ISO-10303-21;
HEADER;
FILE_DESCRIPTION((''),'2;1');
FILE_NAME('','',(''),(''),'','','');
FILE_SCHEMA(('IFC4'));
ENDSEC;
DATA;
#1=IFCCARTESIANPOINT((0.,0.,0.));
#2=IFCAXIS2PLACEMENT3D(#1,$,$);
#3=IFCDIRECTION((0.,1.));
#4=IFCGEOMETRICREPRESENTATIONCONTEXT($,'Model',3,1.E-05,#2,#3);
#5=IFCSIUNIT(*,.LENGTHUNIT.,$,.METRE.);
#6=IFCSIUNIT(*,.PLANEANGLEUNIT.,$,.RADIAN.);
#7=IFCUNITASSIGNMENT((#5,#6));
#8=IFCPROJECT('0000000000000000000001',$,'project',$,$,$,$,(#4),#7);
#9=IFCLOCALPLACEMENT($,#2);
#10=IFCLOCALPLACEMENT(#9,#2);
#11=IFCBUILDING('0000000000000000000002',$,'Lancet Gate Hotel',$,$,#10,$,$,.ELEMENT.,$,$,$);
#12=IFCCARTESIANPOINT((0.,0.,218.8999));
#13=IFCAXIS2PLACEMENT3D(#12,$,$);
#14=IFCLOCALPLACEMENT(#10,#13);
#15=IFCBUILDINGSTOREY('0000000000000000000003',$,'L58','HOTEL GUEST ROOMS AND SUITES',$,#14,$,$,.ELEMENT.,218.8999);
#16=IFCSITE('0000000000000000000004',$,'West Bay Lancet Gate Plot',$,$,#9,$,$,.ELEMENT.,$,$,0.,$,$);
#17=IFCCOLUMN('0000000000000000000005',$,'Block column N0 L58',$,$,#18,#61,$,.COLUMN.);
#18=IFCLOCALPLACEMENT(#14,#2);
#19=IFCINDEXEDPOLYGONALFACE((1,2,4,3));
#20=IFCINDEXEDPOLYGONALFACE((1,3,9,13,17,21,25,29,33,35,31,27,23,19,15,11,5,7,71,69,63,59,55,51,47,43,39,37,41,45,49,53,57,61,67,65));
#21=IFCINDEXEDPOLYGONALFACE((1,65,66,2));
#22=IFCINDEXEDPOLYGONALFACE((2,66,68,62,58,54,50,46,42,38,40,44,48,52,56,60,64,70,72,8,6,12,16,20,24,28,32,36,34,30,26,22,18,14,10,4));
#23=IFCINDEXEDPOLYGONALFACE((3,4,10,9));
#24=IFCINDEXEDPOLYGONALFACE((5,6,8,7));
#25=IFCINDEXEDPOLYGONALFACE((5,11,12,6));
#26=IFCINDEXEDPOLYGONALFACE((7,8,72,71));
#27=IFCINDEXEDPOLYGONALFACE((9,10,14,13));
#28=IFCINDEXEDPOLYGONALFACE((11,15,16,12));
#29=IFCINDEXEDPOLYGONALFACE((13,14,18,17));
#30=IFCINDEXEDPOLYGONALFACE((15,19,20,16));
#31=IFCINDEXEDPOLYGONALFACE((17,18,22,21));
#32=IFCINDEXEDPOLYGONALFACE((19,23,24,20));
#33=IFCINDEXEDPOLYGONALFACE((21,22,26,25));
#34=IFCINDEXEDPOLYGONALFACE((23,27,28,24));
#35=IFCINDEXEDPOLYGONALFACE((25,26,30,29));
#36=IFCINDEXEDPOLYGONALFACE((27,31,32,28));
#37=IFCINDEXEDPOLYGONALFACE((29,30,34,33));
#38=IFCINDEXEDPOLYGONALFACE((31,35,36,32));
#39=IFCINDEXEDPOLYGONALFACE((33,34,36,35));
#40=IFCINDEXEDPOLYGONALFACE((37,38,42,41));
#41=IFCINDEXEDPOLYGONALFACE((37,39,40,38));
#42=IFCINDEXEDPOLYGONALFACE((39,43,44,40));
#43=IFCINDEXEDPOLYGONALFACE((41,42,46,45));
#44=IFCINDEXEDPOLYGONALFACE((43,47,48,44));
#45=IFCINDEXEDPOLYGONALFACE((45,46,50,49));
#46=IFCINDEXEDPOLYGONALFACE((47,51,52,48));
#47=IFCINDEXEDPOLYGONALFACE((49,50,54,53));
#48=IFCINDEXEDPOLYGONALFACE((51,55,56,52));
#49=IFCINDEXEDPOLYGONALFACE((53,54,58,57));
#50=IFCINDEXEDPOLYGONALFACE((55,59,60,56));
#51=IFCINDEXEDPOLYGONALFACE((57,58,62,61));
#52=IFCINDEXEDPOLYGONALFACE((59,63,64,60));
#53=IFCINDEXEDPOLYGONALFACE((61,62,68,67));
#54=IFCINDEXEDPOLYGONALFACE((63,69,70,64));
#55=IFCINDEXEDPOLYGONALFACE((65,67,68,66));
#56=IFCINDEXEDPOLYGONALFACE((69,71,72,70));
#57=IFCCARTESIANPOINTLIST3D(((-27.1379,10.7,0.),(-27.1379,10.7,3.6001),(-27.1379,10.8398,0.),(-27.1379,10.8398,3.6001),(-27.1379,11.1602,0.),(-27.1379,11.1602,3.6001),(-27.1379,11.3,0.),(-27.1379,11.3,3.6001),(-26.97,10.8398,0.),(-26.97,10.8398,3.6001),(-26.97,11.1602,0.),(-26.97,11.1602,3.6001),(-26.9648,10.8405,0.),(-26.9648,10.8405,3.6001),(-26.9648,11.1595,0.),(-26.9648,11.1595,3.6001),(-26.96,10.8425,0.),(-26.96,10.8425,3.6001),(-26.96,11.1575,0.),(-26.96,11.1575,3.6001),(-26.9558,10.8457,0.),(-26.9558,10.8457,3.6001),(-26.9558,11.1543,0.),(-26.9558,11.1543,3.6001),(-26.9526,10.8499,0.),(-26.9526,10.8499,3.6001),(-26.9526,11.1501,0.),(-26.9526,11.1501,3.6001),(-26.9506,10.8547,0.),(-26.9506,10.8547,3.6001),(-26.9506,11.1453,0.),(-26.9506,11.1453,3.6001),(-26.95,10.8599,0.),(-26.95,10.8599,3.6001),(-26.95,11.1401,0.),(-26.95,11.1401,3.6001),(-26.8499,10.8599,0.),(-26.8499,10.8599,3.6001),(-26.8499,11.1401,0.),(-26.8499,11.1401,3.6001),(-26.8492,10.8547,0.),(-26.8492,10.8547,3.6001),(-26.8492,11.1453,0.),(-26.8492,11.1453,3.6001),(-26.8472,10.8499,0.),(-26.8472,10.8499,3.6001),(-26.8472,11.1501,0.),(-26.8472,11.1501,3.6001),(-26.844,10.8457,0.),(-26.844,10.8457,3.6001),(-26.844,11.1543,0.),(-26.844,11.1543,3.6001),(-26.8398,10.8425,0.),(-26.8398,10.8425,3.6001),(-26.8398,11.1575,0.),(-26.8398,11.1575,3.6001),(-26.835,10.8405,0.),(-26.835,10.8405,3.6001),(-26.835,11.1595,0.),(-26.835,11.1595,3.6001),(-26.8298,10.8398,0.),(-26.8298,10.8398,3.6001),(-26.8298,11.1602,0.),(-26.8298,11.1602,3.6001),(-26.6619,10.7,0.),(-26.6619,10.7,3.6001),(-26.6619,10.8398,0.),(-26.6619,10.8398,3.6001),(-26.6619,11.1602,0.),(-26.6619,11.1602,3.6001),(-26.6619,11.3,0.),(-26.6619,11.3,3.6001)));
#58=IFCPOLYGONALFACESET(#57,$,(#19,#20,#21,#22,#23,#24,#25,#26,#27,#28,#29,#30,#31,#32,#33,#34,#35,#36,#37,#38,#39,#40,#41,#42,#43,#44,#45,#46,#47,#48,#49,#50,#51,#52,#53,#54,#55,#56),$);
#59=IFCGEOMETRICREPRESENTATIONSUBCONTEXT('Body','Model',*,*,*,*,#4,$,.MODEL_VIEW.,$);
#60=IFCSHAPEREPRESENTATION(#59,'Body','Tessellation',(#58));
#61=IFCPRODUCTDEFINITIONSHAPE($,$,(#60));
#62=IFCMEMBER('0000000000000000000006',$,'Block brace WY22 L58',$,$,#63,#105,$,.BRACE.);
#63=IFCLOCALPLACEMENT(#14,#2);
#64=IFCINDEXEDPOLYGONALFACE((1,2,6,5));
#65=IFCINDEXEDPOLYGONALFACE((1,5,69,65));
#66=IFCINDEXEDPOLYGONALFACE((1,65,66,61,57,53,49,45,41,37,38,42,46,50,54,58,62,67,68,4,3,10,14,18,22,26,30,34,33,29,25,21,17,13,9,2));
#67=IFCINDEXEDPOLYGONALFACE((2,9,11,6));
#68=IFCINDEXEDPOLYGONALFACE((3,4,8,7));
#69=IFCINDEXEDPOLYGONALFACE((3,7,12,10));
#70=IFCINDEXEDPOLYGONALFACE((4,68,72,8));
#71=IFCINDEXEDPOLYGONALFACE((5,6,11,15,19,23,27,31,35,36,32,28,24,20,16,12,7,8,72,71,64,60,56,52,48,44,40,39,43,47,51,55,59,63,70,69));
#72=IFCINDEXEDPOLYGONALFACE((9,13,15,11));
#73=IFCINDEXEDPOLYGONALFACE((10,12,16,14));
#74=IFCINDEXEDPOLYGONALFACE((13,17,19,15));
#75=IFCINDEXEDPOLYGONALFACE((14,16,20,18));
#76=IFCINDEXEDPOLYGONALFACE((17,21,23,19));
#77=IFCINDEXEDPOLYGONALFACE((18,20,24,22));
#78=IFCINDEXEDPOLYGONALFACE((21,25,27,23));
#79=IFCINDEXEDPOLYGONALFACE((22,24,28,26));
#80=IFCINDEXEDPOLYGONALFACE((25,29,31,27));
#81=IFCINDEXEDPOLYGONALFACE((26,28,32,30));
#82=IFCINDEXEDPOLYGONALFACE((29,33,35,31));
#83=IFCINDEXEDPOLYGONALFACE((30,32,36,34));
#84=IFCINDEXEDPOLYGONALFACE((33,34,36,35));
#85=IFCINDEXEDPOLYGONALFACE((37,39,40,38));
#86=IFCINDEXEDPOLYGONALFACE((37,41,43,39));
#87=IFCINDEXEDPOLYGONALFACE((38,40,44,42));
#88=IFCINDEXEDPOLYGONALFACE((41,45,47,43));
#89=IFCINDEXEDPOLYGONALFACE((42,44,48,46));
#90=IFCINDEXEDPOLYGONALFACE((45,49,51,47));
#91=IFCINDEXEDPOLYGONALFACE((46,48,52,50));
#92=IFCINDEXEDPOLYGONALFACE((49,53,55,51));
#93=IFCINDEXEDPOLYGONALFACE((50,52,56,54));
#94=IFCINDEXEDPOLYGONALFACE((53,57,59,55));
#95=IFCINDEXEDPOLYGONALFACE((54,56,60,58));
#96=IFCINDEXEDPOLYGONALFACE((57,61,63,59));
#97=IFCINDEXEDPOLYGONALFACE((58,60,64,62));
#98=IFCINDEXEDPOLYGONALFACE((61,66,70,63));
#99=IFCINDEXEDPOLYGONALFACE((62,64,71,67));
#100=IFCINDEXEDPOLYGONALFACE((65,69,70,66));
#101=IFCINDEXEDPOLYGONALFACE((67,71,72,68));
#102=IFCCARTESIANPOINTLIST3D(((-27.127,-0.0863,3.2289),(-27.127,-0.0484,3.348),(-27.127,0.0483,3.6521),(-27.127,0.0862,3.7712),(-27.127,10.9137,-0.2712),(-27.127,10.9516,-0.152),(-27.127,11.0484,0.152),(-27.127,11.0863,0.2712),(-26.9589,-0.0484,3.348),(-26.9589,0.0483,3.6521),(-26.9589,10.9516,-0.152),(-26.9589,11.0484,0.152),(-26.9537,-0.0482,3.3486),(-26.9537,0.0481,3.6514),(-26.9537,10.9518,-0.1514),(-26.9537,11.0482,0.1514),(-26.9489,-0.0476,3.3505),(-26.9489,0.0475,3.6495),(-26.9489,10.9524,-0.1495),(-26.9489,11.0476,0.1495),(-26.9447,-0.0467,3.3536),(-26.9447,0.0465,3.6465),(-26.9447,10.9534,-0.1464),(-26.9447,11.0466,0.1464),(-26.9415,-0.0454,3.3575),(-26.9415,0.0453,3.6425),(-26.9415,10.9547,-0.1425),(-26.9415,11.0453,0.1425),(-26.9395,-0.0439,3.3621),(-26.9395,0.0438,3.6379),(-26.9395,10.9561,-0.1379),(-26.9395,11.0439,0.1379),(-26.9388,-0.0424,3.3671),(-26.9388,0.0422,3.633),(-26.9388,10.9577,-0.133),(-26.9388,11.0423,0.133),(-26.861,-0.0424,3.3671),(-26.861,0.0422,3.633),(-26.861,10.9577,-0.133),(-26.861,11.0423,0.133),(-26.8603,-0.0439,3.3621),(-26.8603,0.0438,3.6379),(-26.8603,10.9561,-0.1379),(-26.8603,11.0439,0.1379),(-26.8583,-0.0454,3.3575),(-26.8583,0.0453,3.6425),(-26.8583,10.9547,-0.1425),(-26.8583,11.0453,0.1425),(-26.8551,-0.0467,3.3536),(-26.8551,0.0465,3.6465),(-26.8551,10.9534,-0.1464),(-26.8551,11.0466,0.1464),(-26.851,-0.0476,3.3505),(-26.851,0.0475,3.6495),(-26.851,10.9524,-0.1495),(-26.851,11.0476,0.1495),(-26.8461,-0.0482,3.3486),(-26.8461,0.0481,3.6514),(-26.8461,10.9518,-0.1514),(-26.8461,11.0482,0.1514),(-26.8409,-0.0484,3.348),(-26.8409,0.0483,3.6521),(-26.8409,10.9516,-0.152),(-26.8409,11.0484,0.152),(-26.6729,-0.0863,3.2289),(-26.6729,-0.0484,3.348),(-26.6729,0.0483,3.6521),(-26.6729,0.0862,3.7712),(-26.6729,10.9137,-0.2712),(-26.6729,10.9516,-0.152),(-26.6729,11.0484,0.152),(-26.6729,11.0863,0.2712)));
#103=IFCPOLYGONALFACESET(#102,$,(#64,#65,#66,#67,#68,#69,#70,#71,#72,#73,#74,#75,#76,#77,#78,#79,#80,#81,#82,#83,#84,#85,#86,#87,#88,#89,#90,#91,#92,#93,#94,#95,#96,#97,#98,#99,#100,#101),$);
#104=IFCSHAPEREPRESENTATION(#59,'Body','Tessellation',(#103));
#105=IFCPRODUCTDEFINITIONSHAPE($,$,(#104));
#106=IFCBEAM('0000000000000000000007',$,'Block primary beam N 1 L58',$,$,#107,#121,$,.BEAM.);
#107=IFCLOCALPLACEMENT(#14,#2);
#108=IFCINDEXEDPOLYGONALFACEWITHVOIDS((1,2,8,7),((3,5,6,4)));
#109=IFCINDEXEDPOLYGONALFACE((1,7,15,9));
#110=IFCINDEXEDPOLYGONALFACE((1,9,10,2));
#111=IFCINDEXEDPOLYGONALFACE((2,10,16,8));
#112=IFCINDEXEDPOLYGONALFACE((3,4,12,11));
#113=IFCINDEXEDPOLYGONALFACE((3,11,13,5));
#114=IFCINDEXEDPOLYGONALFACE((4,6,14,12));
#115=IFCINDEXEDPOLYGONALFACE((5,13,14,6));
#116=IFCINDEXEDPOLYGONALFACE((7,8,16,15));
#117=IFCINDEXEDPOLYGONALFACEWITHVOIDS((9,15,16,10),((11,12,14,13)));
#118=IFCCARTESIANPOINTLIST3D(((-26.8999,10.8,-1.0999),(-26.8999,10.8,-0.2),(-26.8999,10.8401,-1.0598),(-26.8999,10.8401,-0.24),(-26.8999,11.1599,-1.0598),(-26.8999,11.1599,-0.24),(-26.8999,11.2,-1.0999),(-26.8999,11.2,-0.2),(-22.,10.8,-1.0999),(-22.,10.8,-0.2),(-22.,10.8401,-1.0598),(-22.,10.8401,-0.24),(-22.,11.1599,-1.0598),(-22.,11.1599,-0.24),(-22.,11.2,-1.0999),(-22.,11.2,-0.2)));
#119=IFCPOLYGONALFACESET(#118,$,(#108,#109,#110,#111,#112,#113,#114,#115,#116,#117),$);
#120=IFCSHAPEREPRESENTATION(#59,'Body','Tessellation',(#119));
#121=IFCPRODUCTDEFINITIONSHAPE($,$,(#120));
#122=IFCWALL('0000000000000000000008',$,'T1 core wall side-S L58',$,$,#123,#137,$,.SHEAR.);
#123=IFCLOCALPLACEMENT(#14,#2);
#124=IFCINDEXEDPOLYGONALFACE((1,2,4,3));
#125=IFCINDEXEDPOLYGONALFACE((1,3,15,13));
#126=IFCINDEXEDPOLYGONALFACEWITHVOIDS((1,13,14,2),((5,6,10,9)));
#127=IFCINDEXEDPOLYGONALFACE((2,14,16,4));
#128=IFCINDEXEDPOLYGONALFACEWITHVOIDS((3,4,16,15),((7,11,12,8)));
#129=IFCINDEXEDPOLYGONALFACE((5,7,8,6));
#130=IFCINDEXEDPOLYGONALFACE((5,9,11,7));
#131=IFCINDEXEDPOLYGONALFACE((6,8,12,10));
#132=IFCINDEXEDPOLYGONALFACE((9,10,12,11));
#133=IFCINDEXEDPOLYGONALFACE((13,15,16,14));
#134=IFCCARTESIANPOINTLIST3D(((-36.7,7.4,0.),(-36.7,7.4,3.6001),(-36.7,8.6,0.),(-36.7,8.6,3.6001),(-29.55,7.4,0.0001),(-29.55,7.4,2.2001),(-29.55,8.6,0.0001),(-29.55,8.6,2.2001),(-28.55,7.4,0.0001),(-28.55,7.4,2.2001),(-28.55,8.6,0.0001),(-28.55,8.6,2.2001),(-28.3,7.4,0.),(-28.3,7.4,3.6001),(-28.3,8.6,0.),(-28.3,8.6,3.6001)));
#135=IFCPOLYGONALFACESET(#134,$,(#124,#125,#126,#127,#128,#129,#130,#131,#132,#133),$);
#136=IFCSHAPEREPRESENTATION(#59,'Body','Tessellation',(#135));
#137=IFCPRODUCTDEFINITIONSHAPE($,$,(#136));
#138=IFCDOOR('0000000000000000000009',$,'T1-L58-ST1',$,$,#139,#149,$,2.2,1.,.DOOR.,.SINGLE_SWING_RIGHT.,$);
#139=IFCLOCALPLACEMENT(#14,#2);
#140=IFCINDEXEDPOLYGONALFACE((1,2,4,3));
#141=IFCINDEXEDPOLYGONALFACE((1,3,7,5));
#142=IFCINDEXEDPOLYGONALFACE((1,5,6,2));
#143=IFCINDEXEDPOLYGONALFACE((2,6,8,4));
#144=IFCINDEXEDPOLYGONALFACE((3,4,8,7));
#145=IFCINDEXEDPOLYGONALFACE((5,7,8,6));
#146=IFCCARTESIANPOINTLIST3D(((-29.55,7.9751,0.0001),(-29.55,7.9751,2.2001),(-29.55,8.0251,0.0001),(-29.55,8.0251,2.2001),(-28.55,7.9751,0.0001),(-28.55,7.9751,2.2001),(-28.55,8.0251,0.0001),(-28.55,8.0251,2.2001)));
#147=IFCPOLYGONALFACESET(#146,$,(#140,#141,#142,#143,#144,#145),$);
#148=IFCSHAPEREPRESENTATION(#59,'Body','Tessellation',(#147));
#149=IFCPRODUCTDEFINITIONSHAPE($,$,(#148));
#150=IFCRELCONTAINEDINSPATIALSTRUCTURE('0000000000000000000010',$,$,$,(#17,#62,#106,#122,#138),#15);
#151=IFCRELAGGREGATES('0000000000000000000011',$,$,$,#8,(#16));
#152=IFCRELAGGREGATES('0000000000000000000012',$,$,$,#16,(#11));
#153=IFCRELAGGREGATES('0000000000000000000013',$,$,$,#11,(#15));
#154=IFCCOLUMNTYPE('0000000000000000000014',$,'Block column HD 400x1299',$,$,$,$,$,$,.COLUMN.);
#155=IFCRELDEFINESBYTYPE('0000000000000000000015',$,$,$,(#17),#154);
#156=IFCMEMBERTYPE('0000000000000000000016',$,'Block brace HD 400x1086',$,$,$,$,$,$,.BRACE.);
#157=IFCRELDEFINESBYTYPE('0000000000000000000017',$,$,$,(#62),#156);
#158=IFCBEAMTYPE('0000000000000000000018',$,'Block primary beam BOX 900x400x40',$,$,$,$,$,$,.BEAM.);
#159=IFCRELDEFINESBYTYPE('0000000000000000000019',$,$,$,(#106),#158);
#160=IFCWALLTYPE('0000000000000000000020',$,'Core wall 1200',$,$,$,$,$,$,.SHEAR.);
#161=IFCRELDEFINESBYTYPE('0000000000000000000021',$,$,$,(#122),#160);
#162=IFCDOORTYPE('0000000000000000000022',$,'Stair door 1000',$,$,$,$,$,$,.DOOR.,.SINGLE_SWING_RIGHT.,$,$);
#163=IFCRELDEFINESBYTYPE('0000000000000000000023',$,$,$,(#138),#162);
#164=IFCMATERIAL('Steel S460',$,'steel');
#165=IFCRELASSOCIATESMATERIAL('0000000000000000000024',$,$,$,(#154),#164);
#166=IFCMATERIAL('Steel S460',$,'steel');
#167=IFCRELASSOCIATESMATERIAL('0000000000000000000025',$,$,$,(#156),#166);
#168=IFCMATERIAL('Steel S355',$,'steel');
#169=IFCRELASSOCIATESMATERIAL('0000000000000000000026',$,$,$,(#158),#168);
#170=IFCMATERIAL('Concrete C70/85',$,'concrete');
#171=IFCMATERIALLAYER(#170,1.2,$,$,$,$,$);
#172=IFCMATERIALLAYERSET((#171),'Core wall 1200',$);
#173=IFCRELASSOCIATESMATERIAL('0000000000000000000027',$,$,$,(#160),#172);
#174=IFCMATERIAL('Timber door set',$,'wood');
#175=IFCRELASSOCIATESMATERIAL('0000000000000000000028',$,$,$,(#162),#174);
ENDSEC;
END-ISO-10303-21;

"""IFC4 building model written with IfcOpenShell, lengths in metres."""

from ifc_helpers import new_model, si_unit, direction, frame, frame_2d, origin, origin_2d, place, context, subcontext, project, spatial, rectangle, hollow_rectangle, i_section, extrude, material, layer, layer_set, material_profile, profile_set, type_object, element, fill, save


model = new_model("IFC4")

# Units and contexts
model_context = context("Model", 3, precision=1e-05, world=origin(), true_north=direction((0.0, 1.0)))
body_context = subcontext(model_context, "Body", "Model", "MODEL_VIEW")
ifc_project = project(units=[si_unit("LENGTHUNIT", "METRE"), si_unit("PLANEANGLEUNIT", "RADIAN")], contexts=[model_context])

# Site, building, storey
site_placement = place(None, origin())
site = spatial("IfcSite", under=ifc_project, at=site_placement, Name="West Bay Lancet Gate Plot", CompositionType="ELEMENT", RefElevation=0.0)
building_placement = place(site_placement, origin())
building = spatial("IfcBuilding", under=site, at=building_placement, Name="Lancet Gate Hotel", CompositionType="ELEMENT")
storey_placement = place(building_placement, frame((0.0, 0.0, 218.8999)))
storey = spatial("IfcBuildingStorey", under=building, at=storey_placement, Name="L58", Description="HOTEL GUEST ROOMS AND SUITES", CompositionType="ELEMENT", Elevation=218.8999)

# Column
ifc_material_1 = material(Name="Steel S460", Category="steel")
ifc_material_profile_1 = material_profile(ifc_material_1, i_section(OverallWidth=0.4761, OverallDepth=0.6001, WebThickness=0.1001, FlangeThickness=0.1399, FilletRadius=0.02, at=origin_2d()), Name="HD 400x1299")
ifc_profile_set_1 = profile_set([ifc_material_profile_1], Name="Steel S460")
column_type = type_object("IfcColumnType", Name="Block column HD 400x1299", PredefinedType="COLUMN", material=ifc_profile_set_1)
column_placement = place(storey_placement, frame((-26.8999, 11.0, 0.0), z_axis=(0.0, 0.0, 1.0), x_axis=(1.0, 0.0, 0.0)))
element("IfcColumn", 1, at=column_placement, inside=storey, type_object=column_type, Name="Block column N0 L58", PredefinedType="COLUMN", context=body_context, shape_type="SweptSolid", body=[
    extrude(i_section(OverallWidth=0.4761, OverallDepth=0.6001, WebThickness=0.1001, FlangeThickness=0.1399, FilletRadius=0.02, at=origin_2d()), origin(), (0.0, 0.0, 1.0), 3.6001),
])

# Member
ifc_material_2 = material(Name="Steel S460", Category="steel")
ifc_material_profile_2 = material_profile(ifc_material_2, i_section(OverallWidth=0.4541, OverallDepth=0.5691, WebThickness=0.0779, FlangeThickness=0.125, FilletRadius=0.02, at=origin_2d()), Name="HD 400x1086")
ifc_profile_set_2 = profile_set([ifc_material_profile_2], Name="Steel S460")
member_type = type_object("IfcMemberType", Name="Block brace HD 400x1086", PredefinedType="BRACE", material=ifc_profile_set_2)
member_placement = place(storey_placement, frame((-26.8999, 11.0, 0.0), z_axis=(0.0, -0.952926, 0.303204), x_axis=(1.0, 0.0, 0.0)))
element("IfcMember", 2, at=member_placement, inside=storey, type_object=member_type, Name="Block brace WY22 L58", PredefinedType="BRACE", context=body_context, shape_type="SweptSolid", body=[
    extrude(i_section(OverallWidth=0.4541, OverallDepth=0.5691, WebThickness=0.0779, FlangeThickness=0.125, FilletRadius=0.02, at=origin_2d()), origin(), (0.0, 0.0, 1.0), 11.5435),
])

# Beam
ifc_material_3 = material(Name="Steel S355", Category="steel")
ifc_material_profile_3 = material_profile(ifc_material_3, hollow_rectangle(XDim=0.3999, YDim=0.8999, WallThickness=0.04, at=origin_2d()), Name="BOX 900x400x40")
ifc_profile_set_3 = profile_set([ifc_material_profile_3], Name="Steel S355")
beam_type = type_object("IfcBeamType", Name="Block primary beam BOX 900x400x40", PredefinedType="BEAM", material=ifc_profile_set_3)
beam_placement = place(storey_placement, frame((-26.8999, 11.0, -0.6499), z_axis=(1.0, 0.0, 0.0), x_axis=(0.0, 1.0, 0.0)))
element("IfcBeam", 3, at=beam_placement, inside=storey, type_object=beam_type, Name="Block primary beam N 1 L58", PredefinedType="BEAM", context=body_context, shape_type="SweptSolid", body=[
    extrude(hollow_rectangle(XDim=0.3999, YDim=0.8999, WallThickness=0.04, at=origin_2d()), origin(), (0.0, 0.0, 1.0), 4.8999),
])

# Wall, opening, door
ifc_material_4 = material(Name="Concrete C70/85", Category="concrete")
ifc_layer_1 = layer(ifc_material_4, 1.2)
ifc_layer_set_1 = layer_set([ifc_layer_1], Name="Core wall 1200")
wall_type_1 = type_object("IfcWallType", Name="Core wall 1200", PredefinedType="SHEAR", material=ifc_layer_set_1)
wall_1_placement = place(storey_placement, frame((-28.3, 8.0, 0.0), z_axis=(0.0, 0.0, 1.0), x_axis=(-1.0, 0.0, 0.0)))
wall_1 = element("IfcWall", 4, at=wall_1_placement, inside=storey, type_object=wall_type_1, Name="T1 core wall side-S L58", PredefinedType="SHEAR", context=body_context, shape_type="SweptSolid", body=[
    extrude(rectangle(XDim=8.3999, YDim=1.2, at=frame_2d((4.2, 0.0))), origin(), (0.0, 0.0, 1.0), 3.6001),
])
opening_1_placement = place(wall_1_placement, frame((0.25, 0.0, 0.0)))
opening_1 = element("IfcOpeningElement", 5, at=opening_1_placement, cuts=wall_1, PredefinedType="OPENING", context=body_context, shape_type="SweptSolid", body=[
    extrude(rectangle(XDim=1.0, YDim=2.2, at=frame_2d((0.5, 1.1001))), frame((0.0, 0.6099, 0.0), z_axis=(0.0, -1.0, 0.0), x_axis=(1.0, 0.0, 0.0)), (0.0, 0.0, 1.0), 1.22),
])
ifc_material_5 = material(Name="Timber door set", Category="wood")
door_type_1 = type_object("IfcDoorType", Name="Stair door 1000", OperationType="SINGLE_SWING_RIGHT", PredefinedType="DOOR", material=ifc_material_5)
door_1_placement = place(opening_1_placement, origin())
door_1 = element("IfcDoor", 6, at=door_1_placement, inside=storey, type_object=door_type_1, Name="T1-L58-ST1", OperationType="SINGLE_SWING_RIGHT", OverallHeight=2.2, OverallWidth=1.0, PredefinedType="DOOR", context=body_context, shape_type="SweptSolid", body=[
    extrude(rectangle(XDim=1.0, YDim=2.2, at=frame_2d((0.5, 1.1001))), frame((0.0, 0.0249, 0.0), z_axis=(0.0, -1.0, 0.0), x_axis=(1.0, 0.0, 0.0)), (0.0, 0.0, 1.0), 0.05),
])
fill(opening_1, door_1)

save(model, "model.ifc")
